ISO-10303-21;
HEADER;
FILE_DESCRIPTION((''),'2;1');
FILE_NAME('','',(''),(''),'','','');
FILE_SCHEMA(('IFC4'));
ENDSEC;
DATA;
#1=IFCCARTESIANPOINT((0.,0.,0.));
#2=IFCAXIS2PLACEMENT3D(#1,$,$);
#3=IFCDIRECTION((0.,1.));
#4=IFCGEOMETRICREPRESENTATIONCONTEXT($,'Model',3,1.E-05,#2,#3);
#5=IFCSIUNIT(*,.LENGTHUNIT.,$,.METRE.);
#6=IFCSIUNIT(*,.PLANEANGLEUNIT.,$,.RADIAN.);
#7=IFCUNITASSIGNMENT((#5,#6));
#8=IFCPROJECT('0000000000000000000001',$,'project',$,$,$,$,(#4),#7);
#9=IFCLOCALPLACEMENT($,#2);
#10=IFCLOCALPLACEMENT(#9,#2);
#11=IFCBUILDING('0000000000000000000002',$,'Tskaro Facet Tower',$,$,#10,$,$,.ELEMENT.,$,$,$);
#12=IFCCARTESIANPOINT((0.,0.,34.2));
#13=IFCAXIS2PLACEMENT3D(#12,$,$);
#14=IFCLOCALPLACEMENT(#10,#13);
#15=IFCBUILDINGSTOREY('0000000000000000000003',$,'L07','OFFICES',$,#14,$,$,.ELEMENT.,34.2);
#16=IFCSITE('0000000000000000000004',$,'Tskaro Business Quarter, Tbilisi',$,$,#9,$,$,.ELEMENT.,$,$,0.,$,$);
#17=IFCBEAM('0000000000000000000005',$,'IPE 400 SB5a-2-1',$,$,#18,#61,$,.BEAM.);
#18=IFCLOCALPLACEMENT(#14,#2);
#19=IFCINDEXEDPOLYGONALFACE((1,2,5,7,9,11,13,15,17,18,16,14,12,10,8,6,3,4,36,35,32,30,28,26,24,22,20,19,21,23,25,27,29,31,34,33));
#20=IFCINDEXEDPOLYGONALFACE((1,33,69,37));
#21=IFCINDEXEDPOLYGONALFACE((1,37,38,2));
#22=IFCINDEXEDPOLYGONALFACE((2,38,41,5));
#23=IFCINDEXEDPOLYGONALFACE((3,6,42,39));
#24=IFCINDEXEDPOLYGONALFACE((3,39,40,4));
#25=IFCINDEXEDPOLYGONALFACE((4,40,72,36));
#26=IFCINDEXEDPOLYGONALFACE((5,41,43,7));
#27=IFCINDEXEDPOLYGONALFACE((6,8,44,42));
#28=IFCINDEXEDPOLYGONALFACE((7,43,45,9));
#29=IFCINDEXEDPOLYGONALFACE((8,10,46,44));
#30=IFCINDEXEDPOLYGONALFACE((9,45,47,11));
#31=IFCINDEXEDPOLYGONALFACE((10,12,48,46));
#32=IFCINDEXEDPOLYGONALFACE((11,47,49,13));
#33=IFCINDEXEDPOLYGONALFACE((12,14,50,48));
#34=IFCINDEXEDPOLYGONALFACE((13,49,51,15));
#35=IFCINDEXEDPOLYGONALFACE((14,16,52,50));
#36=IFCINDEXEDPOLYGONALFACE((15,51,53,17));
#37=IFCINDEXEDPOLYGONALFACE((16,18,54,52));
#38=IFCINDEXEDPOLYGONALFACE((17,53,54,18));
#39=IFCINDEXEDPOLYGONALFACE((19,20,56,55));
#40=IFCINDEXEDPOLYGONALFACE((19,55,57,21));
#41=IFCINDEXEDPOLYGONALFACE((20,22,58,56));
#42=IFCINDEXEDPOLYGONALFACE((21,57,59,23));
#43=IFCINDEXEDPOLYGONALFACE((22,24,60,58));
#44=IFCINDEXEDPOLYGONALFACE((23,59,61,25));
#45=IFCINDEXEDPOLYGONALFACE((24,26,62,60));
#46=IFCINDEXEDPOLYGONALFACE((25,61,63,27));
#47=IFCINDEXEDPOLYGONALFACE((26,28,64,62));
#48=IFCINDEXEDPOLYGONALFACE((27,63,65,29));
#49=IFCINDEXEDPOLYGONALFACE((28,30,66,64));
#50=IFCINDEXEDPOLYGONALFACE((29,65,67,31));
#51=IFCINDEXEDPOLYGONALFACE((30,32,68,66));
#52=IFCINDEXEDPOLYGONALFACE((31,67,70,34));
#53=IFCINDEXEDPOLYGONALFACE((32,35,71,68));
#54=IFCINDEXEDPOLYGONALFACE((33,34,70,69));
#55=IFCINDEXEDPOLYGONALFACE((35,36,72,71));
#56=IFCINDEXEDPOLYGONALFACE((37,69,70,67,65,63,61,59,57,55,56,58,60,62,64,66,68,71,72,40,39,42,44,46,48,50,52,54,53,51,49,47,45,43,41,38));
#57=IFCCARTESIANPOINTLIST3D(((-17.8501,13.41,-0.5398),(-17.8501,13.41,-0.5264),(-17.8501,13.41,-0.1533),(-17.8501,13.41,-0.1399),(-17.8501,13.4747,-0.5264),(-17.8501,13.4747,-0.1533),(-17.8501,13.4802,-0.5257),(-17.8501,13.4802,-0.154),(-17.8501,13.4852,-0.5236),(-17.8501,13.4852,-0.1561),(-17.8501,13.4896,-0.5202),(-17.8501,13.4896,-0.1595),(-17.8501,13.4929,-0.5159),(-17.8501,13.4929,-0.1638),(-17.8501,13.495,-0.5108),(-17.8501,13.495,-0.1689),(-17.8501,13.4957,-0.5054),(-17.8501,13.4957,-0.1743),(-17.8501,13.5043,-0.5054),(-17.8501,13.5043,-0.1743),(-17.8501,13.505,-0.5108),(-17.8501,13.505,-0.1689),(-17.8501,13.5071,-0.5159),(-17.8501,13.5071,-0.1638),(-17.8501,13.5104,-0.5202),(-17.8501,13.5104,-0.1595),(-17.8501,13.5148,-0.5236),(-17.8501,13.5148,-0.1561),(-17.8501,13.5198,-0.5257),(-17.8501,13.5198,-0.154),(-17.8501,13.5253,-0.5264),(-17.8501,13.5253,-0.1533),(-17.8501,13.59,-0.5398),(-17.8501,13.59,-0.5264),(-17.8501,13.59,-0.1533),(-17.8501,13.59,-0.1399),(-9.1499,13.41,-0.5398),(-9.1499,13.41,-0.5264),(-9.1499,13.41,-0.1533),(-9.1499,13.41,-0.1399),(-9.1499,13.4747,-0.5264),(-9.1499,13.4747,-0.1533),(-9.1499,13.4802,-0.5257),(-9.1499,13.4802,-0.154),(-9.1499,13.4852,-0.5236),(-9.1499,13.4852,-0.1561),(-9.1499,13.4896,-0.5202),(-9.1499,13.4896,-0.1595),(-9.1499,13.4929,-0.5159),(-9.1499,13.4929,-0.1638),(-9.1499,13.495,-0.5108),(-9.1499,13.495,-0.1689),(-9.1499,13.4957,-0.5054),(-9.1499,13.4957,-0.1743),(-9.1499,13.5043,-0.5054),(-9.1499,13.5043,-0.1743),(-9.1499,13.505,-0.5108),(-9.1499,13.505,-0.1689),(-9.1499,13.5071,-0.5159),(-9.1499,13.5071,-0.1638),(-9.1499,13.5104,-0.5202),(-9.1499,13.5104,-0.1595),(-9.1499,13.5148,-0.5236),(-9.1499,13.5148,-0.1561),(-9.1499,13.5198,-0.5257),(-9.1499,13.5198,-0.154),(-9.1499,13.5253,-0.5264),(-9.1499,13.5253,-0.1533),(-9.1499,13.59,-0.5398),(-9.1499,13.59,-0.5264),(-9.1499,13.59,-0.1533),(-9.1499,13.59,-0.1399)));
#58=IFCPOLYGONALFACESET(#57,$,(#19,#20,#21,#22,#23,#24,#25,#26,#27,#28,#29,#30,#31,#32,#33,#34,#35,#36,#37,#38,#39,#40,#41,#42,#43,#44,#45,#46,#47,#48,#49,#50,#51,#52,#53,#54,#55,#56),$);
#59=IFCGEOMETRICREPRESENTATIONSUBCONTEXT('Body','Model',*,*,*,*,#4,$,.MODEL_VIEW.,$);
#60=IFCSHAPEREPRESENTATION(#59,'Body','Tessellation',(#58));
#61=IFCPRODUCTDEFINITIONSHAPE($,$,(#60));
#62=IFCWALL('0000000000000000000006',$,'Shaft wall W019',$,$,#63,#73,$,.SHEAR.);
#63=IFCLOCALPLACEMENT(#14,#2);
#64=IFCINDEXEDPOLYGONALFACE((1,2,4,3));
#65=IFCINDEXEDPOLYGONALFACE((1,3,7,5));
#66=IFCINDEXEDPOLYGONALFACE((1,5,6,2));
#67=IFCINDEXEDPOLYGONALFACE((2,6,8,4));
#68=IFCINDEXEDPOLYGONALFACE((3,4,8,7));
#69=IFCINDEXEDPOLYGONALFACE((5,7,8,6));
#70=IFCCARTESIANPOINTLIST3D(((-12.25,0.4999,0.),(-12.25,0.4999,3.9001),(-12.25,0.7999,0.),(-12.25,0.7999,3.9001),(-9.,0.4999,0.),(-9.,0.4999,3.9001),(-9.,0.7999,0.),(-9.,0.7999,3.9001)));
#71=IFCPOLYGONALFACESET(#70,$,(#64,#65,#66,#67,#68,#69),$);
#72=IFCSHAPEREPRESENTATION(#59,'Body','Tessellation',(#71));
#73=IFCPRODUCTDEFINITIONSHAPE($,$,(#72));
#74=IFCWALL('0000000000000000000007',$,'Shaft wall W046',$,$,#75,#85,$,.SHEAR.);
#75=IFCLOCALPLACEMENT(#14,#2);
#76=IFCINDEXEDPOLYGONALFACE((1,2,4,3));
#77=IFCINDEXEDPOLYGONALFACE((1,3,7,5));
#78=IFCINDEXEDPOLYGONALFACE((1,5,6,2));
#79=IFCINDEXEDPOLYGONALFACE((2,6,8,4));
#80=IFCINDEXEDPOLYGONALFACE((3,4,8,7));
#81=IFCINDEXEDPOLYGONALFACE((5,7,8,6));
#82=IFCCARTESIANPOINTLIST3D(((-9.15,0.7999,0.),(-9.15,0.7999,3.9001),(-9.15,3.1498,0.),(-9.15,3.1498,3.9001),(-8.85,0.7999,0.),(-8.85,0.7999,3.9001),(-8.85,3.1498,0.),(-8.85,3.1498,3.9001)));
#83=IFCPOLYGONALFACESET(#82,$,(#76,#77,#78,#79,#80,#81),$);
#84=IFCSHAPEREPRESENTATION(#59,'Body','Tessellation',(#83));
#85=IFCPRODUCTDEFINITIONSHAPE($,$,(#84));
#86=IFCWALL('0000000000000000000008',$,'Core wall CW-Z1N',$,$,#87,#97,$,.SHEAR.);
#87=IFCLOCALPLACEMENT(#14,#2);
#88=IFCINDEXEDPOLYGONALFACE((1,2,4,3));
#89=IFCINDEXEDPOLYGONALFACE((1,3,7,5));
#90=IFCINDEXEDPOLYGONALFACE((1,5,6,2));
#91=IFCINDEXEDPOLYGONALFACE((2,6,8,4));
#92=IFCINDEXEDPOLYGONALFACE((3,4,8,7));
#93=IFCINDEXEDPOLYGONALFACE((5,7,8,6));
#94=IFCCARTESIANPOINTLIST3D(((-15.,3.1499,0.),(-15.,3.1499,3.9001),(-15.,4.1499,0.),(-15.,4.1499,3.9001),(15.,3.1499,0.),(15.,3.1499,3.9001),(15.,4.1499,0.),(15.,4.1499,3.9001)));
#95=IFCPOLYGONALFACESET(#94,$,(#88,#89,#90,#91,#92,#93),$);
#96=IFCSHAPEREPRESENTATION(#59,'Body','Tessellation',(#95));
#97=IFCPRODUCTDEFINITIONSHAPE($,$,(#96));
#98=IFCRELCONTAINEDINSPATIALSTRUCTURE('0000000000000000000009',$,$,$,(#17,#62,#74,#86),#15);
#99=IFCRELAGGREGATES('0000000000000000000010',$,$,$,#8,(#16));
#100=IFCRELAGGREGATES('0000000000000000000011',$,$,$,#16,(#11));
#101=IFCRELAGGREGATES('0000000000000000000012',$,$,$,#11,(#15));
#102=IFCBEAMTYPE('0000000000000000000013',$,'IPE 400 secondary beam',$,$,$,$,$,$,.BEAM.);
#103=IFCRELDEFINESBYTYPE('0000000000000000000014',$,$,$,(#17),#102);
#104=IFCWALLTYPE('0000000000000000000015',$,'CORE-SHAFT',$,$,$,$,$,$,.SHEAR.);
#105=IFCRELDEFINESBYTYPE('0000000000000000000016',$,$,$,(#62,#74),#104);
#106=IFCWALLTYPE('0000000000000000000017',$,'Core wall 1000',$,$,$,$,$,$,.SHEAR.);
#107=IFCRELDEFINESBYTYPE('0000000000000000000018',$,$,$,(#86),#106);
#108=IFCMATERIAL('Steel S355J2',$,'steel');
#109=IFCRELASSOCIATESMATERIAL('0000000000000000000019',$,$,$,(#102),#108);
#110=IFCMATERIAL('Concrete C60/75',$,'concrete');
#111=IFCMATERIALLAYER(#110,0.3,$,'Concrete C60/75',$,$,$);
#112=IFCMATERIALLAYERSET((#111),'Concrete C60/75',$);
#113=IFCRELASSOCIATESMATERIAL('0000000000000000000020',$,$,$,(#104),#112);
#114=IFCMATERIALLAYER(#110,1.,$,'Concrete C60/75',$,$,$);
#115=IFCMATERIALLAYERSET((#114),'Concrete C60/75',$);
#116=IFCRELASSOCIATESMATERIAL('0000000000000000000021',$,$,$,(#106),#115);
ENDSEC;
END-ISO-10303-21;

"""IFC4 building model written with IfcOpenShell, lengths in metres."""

from ifc_helpers import new_model, si_unit, direction, frame, frame_2d, origin, origin_2d, place, context, subcontext, project, spatial, rectangle, i_section, extrude, material, layer, layer_set, material_profile, profile_set, type_object, element, save


model = new_model("IFC4")

# Units and contexts
model_context = context("Model", 3, precision=1e-05, world=origin(), true_north=direction((0.0, 1.0)))
body_context = subcontext(model_context, "Body", "Model", "MODEL_VIEW")
ifc_project = project(units=[si_unit("LENGTHUNIT", "METRE"), si_unit("PLANEANGLEUNIT", "RADIAN")], contexts=[model_context])

# Site, building, storey
site_placement = place(None, origin())
site = spatial("IfcSite", under=ifc_project, at=site_placement, Name="Tskaro Business Quarter, Tbilisi", CompositionType="ELEMENT", RefElevation=0.0)
building_placement = place(site_placement, origin())
building = spatial("IfcBuilding", under=site, at=building_placement, Name="Tskaro Facet Tower", CompositionType="ELEMENT")
storey_placement = place(building_placement, frame((0.0, 0.0, 34.2)))
storey = spatial("IfcBuildingStorey", under=building, at=storey_placement, Name="L07", Description="OFFICES", CompositionType="ELEMENT", Elevation=34.2)

# Beam
ifc_material_1 = material(Name="Steel S355J2", Category="steel")
ifc_material_profile_1 = material_profile(ifc_material_1, i_section(OverallWidth=0.1799, OverallDepth=0.3999, WebThickness=0.0085, FlangeThickness=0.0134, FilletRadius=0.021, at=origin_2d()), Name="IPE 400")
ifc_profile_set_1 = profile_set([ifc_material_profile_1], Name="Steel S355J2")
beam_type_1 = type_object("IfcBeamType", Name="IPE 400 secondary beam", PredefinedType="BEAM", material=ifc_profile_set_1)
for number, where, z_axis, x_axis, name in (
    (1, (-17.8501, 13.5, -0.3398), (1.0, 0.0, 0.0), (0.0, 1.0, 0.0), "IPE 400 SB5a-2-1"),
):
    element("IfcBeam", number, at=place(storey_placement, frame(where, z_axis=z_axis, x_axis=x_axis)), inside=storey, type_object=beam_type_1, Name=name, PredefinedType="BEAM", context=body_context, shape_type="SweptSolid", body=[
        extrude(i_section(OverallWidth=0.1799, OverallDepth=0.3999, WebThickness=0.0085, FlangeThickness=0.0134, FilletRadius=0.021, at=origin_2d()), origin(), (0.0, 0.0, 1.0), 8.7002),
    ])

# Walls
ifc_material_2 = material(Name="Concrete C60/75", Category="concrete")
ifc_layer_1 = layer(ifc_material_2, 0.3, Name="Concrete C60/75")
ifc_layer_set_1 = layer_set([ifc_layer_1], Name="Concrete C60/75")
wall_type_1 = type_object("IfcWallType", Name="CORE-SHAFT", PredefinedType="SHEAR", material=ifc_layer_set_1)
wall_1_placement = place(storey_placement, frame((-9.0, 0.6499, 0.0), z_axis=(0.0, 0.0, 1.0), x_axis=(-1.0, 0.0, 0.0)))
element("IfcWall", 2, at=wall_1_placement, inside=storey, type_object=wall_type_1, Name="Shaft wall W019", PredefinedType="SHEAR", context=body_context, shape_type="SweptSolid", body=[
    extrude(rectangle(XDim=3.25, YDim=0.3, at=frame_2d((1.625, 0.0))), origin(), (0.0, 0.0, 1.0), 3.9001),
])
wall_2_placement = place(storey_placement, frame((-9.0, 0.8, 0.0), z_axis=(0.0, 0.0, 1.0), x_axis=(0.0, 1.0, 0.0)))
element("IfcWall", 3, at=wall_2_placement, inside=storey, type_object=wall_type_1, Name="Shaft wall W046", PredefinedType="SHEAR", context=body_context, shape_type="SweptSolid", body=[
    extrude(rectangle(XDim=2.3499, YDim=0.3, at=frame_2d((1.1748, 0.0))), origin(), (0.0, 0.0, 1.0), 3.9001),
])
ifc_layer_2 = layer(ifc_material_2, 1.0, Name="Concrete C60/75")
ifc_layer_set_2 = layer_set([ifc_layer_2], Name="Concrete C60/75")
wall_type_2 = type_object("IfcWallType", Name="Core wall 1000", PredefinedType="SHEAR", material=ifc_layer_set_2)
wall_3_placement = place(storey_placement, frame((-15.0, 3.6499, 0.0), z_axis=(0.0, 0.0, 1.0), x_axis=(1.0, 0.0, 0.0)))
element("IfcWall", 4, at=wall_3_placement, inside=storey, type_object=wall_type_2, Name="Core wall CW-Z1N", PredefinedType="SHEAR", context=body_context, shape_type="SweptSolid", body=[
    extrude(rectangle(XDim=30.0, YDim=1.0, at=frame_2d((15.0, 0.0))), origin(), (0.0, 0.0, 1.0), 3.9001),
])

save(model, "model.ifc")
